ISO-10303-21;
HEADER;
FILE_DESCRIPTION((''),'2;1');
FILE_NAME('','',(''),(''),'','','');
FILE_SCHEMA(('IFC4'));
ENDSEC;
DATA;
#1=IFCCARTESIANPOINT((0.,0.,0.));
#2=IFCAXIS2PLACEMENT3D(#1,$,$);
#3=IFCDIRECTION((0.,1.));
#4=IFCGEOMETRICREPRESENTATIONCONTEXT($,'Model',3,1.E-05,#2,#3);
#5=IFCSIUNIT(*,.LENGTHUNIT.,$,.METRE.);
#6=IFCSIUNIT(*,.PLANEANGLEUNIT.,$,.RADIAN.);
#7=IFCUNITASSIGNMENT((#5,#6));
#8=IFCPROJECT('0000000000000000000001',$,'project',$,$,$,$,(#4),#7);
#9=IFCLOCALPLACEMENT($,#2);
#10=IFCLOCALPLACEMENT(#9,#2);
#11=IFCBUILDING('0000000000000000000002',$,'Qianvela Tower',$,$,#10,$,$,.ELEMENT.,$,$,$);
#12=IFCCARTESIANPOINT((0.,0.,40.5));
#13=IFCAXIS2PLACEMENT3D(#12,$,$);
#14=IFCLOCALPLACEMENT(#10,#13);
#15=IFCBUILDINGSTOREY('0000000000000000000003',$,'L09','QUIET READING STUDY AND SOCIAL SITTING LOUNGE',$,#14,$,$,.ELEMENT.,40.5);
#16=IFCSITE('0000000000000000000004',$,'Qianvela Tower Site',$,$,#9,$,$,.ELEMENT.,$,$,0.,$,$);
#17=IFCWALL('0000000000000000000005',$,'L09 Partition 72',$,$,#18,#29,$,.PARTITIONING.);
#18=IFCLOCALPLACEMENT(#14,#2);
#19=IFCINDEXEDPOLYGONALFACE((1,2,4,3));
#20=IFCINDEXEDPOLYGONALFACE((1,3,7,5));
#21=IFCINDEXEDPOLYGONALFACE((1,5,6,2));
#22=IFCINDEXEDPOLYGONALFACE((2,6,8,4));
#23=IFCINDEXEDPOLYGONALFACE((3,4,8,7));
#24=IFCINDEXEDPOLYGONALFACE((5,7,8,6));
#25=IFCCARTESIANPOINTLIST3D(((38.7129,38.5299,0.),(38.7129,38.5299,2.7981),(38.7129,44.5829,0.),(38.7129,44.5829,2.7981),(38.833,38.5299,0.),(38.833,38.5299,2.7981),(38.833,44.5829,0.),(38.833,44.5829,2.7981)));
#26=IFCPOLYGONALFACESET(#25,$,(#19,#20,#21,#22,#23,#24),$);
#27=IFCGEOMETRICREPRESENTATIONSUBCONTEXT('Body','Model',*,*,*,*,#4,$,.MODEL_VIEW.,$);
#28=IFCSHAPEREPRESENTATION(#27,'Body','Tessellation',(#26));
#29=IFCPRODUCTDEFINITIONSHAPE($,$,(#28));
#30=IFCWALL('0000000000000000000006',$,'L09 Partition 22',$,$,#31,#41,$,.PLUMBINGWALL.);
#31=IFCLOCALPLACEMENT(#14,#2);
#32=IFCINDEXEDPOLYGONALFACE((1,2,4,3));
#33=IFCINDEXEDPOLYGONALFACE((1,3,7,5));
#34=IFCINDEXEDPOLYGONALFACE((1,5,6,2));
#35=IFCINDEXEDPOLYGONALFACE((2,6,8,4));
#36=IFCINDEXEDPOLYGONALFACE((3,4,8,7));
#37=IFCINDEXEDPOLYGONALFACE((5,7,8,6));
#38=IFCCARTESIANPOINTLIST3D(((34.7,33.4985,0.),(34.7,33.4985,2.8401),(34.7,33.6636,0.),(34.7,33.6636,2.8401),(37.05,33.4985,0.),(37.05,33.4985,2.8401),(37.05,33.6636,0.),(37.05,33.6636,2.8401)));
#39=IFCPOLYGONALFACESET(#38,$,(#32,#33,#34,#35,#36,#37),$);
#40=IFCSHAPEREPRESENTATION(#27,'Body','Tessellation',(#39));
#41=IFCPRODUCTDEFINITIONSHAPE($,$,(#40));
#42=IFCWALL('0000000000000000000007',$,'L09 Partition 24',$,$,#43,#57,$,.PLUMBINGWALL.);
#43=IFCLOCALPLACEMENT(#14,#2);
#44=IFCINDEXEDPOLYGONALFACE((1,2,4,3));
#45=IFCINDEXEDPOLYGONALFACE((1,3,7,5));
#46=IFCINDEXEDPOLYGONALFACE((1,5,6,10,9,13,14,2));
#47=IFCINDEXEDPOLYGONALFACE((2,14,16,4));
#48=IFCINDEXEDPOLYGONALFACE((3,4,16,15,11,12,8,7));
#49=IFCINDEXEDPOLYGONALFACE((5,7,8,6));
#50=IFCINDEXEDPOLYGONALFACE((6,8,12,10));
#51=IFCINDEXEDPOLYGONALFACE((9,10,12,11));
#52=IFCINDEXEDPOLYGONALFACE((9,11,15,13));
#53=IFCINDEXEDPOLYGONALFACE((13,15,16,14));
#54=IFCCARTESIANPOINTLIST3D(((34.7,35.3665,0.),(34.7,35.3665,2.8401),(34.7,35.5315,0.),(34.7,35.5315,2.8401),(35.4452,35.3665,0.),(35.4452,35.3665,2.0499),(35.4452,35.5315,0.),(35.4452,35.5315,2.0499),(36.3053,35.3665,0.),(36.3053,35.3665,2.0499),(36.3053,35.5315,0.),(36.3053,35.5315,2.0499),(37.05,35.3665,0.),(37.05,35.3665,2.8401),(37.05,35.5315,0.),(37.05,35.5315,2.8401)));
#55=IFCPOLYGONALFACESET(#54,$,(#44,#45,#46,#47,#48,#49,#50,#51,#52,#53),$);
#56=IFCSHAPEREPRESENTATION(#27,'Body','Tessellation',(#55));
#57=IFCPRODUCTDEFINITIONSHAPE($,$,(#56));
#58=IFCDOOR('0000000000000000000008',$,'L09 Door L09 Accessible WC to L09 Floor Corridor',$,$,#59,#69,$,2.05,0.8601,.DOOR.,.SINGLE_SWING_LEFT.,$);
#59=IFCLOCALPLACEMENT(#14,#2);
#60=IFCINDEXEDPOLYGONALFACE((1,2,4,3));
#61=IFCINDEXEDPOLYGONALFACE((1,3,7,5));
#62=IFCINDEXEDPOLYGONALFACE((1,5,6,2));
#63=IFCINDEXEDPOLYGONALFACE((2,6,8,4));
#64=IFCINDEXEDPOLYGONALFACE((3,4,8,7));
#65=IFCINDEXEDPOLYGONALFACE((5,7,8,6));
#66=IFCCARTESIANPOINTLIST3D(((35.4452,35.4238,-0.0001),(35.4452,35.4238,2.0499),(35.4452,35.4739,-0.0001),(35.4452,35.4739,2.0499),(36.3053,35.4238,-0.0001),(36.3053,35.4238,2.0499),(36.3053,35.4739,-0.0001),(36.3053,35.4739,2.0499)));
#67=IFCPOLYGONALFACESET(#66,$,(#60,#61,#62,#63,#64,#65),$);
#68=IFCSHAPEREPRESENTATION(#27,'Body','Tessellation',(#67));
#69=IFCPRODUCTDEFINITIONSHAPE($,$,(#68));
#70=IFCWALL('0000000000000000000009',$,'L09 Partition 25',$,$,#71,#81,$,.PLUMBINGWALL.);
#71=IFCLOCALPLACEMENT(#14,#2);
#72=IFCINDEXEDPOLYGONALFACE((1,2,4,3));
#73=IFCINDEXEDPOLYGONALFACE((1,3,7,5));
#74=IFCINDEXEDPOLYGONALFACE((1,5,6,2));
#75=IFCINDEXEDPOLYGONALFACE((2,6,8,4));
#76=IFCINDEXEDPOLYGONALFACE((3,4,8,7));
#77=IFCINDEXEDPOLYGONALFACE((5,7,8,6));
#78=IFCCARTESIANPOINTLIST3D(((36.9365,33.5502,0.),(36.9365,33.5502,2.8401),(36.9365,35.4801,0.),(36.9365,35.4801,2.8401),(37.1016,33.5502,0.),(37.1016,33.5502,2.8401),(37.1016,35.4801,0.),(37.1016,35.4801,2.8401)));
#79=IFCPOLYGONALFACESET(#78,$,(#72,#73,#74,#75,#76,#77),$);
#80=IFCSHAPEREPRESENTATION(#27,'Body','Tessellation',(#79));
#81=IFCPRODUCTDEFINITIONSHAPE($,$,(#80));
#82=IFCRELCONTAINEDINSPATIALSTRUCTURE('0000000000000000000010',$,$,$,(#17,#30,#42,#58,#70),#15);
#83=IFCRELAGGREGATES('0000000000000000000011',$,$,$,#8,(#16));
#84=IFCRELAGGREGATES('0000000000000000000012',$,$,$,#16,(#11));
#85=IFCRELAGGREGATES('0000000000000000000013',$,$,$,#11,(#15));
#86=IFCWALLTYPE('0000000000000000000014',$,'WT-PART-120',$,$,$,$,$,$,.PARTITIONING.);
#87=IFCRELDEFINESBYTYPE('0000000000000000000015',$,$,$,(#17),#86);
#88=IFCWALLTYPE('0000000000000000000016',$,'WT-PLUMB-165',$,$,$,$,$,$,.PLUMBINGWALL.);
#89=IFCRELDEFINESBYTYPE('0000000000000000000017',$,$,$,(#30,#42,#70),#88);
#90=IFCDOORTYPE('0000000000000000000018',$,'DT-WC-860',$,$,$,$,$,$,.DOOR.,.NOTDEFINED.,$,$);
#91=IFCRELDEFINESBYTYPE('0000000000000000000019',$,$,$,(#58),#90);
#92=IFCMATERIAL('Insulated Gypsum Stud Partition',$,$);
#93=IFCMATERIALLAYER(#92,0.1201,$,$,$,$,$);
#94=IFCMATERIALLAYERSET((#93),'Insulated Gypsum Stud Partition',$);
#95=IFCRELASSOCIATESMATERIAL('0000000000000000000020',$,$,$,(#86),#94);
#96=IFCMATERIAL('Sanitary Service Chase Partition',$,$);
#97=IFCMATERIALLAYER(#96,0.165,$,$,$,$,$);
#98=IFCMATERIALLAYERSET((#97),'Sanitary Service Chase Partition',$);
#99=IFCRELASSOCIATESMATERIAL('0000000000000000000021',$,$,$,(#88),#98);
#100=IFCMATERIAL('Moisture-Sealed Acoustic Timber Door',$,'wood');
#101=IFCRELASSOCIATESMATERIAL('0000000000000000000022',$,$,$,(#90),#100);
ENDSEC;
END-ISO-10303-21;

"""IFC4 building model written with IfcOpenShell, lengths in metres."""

from ifc_helpers import new_model, si_unit, direction, frame, frame_2d, origin, place, context, subcontext, project, spatial, rectangle, extrude, material, layer, layer_set, type_object, element, fill, save


model = new_model("IFC4")

# Units and contexts
model_context = context("Model", 3, precision=1e-05, world=origin(), true_north=direction((0.0, 1.0)))
body_context = subcontext(model_context, "Body", "Model", "MODEL_VIEW")
ifc_project = project(units=[si_unit("LENGTHUNIT", "METRE"), si_unit("PLANEANGLEUNIT", "RADIAN")], contexts=[model_context])

# Site, building, storey
site_placement = place(None, origin())
site = spatial("IfcSite", under=ifc_project, at=site_placement, Name="Qianvela Tower Site", CompositionType="ELEMENT", RefElevation=0.0)
building_placement = place(site_placement, origin())
building = spatial("IfcBuilding", under=site, at=building_placement, Name="Qianvela Tower", CompositionType="ELEMENT")
storey_placement = place(building_placement, frame((0.0, 0.0, 40.5)))
storey = spatial("IfcBuildingStorey", under=building, at=storey_placement, Name="L09", Description="QUIET READING STUDY AND SOCIAL SITTING LOUNGE", CompositionType="ELEMENT", Elevation=40.5)

# Walls
ifc_material_1 = material(Name="Insulated Gypsum Stud Partition")
ifc_layer_1 = layer(ifc_material_1, 0.1201)
ifc_layer_set_1 = layer_set([ifc_layer_1], Name="Insulated Gypsum Stud Partition")
wall_type_1 = type_object("IfcWallType", Name="WT-PART-120", PredefinedType="PARTITIONING", material=ifc_layer_set_1)
wall_1_placement = place(storey_placement, frame((38.7729, 38.53, 0.0), z_axis=(0.0, 0.0, 1.0), x_axis=(0.0, 1.0, 0.0)))
element("IfcWall", 1, at=wall_1_placement, inside=storey, type_object=wall_type_1, Name="L09 Partition 72", PredefinedType="PARTITIONING", context=body_context, shape_type="SweptSolid", body=[
    extrude(rectangle(XDim=6.053, YDim=0.1201, at=frame_2d((3.0264, 0.0))), origin(), (0.0, 0.0, 1.0), 2.7981),
])
ifc_material_2 = material(Name="Sanitary Service Chase Partition")
ifc_layer_2 = layer(ifc_material_2, 0.165)
ifc_layer_set_2 = layer_set([ifc_layer_2], Name="Sanitary Service Chase Partition")
wall_type_2 = type_object("IfcWallType", Name="WT-PLUMB-165", PredefinedType="PLUMBINGWALL", material=ifc_layer_set_2)
wall_2_placement = place(storey_placement, frame((37.05, 33.5811, 0.0), z_axis=(0.0, 0.0, 1.0), x_axis=(-1.0, 0.0, 0.0)))
element("IfcWall", 2, at=wall_2_placement, inside=storey, type_object=wall_type_2, Name="L09 Partition 22", PredefinedType="PLUMBINGWALL", context=body_context, shape_type="SweptSolid", body=[
    extrude(rectangle(XDim=2.3501, YDim=0.165, at=frame_2d((1.175, 0.0))), origin(), (0.0, 0.0, 1.0), 2.8401),
])

# Wall, opening, door
wall_3_placement = place(storey_placement, frame((34.7, 35.449, 0.0), z_axis=(0.0, 0.0, 1.0), x_axis=(1.0, 0.0, 0.0)))
wall_3 = element("IfcWall", 3, at=wall_3_placement, inside=storey, type_object=wall_type_2, Name="L09 Partition 24", PredefinedType="PLUMBINGWALL", context=body_context, shape_type="SweptSolid", body=[
    extrude(rectangle(XDim=2.3501, YDim=0.165, at=frame_2d((1.175, 0.0))), origin(), (0.0, 0.0, 1.0), 2.8401),
])
opening_1_placement = place(wall_3_placement, frame((0.7451, 0.0, 0.0)))
opening_1 = element("IfcOpeningElement", 4, at=opening_1_placement, cuts=wall_3, PredefinedType="OPENING", context=body_context, shape_type="SweptSolid", body=[
    extrude(rectangle(XDim=0.8601, YDim=2.05, at=frame_2d((0.4302, 1.0249))), frame((0.0, 0.0925, 0.0), z_axis=(0.0, -1.0, 0.0), x_axis=(1.0, 0.0, 0.0)), (0.0, 0.0, 1.0), 0.1851),
])
ifc_material_3 = material(Name="Moisture-Sealed Acoustic Timber Door", Category="wood")
door_type_1 = type_object("IfcDoorType", Name="DT-WC-860", OperationType="NOTDEFINED", PredefinedType="DOOR", material=ifc_material_3)
door_1_placement = place(opening_1_placement, origin())
door_1 = element("IfcDoor", 5, at=door_1_placement, inside=storey, type_object=door_type_1, Name="L09 Door L09 Accessible WC to L09 Floor Corridor", OperationType="SINGLE_SWING_LEFT", OverallHeight=2.05, OverallWidth=0.8601, PredefinedType="DOOR", context=body_context, shape_type="SweptSolid", body=[
    extrude(rectangle(XDim=0.8601, YDim=2.05, at=frame_2d((0.4302, 1.0249))), frame((0.0, 0.0249, 0.0), z_axis=(0.0, -1.0, 0.0), x_axis=(1.0, 0.0, 0.0)), (0.0, 0.0, 1.0), 0.05),
])
fill(opening_1, door_1)

# Wall
wall_4_placement = place(storey_placement, frame((37.019, 35.48, 0.0), z_axis=(0.0, 0.0, 1.0), x_axis=(0.0, -1.0, 0.0)))
element("IfcWall", 6, at=wall_4_placement, inside=storey, type_object=wall_type_2, Name="L09 Partition 25", PredefinedType="PLUMBINGWALL", context=body_context, shape_type="SweptSolid", body=[
    extrude(rectangle(XDim=1.9299, YDim=0.165, at=frame_2d((0.9648, 0.0))), origin(), (0.0, 0.0, 1.0), 2.8401),
])

save(model, "model.ifc")
